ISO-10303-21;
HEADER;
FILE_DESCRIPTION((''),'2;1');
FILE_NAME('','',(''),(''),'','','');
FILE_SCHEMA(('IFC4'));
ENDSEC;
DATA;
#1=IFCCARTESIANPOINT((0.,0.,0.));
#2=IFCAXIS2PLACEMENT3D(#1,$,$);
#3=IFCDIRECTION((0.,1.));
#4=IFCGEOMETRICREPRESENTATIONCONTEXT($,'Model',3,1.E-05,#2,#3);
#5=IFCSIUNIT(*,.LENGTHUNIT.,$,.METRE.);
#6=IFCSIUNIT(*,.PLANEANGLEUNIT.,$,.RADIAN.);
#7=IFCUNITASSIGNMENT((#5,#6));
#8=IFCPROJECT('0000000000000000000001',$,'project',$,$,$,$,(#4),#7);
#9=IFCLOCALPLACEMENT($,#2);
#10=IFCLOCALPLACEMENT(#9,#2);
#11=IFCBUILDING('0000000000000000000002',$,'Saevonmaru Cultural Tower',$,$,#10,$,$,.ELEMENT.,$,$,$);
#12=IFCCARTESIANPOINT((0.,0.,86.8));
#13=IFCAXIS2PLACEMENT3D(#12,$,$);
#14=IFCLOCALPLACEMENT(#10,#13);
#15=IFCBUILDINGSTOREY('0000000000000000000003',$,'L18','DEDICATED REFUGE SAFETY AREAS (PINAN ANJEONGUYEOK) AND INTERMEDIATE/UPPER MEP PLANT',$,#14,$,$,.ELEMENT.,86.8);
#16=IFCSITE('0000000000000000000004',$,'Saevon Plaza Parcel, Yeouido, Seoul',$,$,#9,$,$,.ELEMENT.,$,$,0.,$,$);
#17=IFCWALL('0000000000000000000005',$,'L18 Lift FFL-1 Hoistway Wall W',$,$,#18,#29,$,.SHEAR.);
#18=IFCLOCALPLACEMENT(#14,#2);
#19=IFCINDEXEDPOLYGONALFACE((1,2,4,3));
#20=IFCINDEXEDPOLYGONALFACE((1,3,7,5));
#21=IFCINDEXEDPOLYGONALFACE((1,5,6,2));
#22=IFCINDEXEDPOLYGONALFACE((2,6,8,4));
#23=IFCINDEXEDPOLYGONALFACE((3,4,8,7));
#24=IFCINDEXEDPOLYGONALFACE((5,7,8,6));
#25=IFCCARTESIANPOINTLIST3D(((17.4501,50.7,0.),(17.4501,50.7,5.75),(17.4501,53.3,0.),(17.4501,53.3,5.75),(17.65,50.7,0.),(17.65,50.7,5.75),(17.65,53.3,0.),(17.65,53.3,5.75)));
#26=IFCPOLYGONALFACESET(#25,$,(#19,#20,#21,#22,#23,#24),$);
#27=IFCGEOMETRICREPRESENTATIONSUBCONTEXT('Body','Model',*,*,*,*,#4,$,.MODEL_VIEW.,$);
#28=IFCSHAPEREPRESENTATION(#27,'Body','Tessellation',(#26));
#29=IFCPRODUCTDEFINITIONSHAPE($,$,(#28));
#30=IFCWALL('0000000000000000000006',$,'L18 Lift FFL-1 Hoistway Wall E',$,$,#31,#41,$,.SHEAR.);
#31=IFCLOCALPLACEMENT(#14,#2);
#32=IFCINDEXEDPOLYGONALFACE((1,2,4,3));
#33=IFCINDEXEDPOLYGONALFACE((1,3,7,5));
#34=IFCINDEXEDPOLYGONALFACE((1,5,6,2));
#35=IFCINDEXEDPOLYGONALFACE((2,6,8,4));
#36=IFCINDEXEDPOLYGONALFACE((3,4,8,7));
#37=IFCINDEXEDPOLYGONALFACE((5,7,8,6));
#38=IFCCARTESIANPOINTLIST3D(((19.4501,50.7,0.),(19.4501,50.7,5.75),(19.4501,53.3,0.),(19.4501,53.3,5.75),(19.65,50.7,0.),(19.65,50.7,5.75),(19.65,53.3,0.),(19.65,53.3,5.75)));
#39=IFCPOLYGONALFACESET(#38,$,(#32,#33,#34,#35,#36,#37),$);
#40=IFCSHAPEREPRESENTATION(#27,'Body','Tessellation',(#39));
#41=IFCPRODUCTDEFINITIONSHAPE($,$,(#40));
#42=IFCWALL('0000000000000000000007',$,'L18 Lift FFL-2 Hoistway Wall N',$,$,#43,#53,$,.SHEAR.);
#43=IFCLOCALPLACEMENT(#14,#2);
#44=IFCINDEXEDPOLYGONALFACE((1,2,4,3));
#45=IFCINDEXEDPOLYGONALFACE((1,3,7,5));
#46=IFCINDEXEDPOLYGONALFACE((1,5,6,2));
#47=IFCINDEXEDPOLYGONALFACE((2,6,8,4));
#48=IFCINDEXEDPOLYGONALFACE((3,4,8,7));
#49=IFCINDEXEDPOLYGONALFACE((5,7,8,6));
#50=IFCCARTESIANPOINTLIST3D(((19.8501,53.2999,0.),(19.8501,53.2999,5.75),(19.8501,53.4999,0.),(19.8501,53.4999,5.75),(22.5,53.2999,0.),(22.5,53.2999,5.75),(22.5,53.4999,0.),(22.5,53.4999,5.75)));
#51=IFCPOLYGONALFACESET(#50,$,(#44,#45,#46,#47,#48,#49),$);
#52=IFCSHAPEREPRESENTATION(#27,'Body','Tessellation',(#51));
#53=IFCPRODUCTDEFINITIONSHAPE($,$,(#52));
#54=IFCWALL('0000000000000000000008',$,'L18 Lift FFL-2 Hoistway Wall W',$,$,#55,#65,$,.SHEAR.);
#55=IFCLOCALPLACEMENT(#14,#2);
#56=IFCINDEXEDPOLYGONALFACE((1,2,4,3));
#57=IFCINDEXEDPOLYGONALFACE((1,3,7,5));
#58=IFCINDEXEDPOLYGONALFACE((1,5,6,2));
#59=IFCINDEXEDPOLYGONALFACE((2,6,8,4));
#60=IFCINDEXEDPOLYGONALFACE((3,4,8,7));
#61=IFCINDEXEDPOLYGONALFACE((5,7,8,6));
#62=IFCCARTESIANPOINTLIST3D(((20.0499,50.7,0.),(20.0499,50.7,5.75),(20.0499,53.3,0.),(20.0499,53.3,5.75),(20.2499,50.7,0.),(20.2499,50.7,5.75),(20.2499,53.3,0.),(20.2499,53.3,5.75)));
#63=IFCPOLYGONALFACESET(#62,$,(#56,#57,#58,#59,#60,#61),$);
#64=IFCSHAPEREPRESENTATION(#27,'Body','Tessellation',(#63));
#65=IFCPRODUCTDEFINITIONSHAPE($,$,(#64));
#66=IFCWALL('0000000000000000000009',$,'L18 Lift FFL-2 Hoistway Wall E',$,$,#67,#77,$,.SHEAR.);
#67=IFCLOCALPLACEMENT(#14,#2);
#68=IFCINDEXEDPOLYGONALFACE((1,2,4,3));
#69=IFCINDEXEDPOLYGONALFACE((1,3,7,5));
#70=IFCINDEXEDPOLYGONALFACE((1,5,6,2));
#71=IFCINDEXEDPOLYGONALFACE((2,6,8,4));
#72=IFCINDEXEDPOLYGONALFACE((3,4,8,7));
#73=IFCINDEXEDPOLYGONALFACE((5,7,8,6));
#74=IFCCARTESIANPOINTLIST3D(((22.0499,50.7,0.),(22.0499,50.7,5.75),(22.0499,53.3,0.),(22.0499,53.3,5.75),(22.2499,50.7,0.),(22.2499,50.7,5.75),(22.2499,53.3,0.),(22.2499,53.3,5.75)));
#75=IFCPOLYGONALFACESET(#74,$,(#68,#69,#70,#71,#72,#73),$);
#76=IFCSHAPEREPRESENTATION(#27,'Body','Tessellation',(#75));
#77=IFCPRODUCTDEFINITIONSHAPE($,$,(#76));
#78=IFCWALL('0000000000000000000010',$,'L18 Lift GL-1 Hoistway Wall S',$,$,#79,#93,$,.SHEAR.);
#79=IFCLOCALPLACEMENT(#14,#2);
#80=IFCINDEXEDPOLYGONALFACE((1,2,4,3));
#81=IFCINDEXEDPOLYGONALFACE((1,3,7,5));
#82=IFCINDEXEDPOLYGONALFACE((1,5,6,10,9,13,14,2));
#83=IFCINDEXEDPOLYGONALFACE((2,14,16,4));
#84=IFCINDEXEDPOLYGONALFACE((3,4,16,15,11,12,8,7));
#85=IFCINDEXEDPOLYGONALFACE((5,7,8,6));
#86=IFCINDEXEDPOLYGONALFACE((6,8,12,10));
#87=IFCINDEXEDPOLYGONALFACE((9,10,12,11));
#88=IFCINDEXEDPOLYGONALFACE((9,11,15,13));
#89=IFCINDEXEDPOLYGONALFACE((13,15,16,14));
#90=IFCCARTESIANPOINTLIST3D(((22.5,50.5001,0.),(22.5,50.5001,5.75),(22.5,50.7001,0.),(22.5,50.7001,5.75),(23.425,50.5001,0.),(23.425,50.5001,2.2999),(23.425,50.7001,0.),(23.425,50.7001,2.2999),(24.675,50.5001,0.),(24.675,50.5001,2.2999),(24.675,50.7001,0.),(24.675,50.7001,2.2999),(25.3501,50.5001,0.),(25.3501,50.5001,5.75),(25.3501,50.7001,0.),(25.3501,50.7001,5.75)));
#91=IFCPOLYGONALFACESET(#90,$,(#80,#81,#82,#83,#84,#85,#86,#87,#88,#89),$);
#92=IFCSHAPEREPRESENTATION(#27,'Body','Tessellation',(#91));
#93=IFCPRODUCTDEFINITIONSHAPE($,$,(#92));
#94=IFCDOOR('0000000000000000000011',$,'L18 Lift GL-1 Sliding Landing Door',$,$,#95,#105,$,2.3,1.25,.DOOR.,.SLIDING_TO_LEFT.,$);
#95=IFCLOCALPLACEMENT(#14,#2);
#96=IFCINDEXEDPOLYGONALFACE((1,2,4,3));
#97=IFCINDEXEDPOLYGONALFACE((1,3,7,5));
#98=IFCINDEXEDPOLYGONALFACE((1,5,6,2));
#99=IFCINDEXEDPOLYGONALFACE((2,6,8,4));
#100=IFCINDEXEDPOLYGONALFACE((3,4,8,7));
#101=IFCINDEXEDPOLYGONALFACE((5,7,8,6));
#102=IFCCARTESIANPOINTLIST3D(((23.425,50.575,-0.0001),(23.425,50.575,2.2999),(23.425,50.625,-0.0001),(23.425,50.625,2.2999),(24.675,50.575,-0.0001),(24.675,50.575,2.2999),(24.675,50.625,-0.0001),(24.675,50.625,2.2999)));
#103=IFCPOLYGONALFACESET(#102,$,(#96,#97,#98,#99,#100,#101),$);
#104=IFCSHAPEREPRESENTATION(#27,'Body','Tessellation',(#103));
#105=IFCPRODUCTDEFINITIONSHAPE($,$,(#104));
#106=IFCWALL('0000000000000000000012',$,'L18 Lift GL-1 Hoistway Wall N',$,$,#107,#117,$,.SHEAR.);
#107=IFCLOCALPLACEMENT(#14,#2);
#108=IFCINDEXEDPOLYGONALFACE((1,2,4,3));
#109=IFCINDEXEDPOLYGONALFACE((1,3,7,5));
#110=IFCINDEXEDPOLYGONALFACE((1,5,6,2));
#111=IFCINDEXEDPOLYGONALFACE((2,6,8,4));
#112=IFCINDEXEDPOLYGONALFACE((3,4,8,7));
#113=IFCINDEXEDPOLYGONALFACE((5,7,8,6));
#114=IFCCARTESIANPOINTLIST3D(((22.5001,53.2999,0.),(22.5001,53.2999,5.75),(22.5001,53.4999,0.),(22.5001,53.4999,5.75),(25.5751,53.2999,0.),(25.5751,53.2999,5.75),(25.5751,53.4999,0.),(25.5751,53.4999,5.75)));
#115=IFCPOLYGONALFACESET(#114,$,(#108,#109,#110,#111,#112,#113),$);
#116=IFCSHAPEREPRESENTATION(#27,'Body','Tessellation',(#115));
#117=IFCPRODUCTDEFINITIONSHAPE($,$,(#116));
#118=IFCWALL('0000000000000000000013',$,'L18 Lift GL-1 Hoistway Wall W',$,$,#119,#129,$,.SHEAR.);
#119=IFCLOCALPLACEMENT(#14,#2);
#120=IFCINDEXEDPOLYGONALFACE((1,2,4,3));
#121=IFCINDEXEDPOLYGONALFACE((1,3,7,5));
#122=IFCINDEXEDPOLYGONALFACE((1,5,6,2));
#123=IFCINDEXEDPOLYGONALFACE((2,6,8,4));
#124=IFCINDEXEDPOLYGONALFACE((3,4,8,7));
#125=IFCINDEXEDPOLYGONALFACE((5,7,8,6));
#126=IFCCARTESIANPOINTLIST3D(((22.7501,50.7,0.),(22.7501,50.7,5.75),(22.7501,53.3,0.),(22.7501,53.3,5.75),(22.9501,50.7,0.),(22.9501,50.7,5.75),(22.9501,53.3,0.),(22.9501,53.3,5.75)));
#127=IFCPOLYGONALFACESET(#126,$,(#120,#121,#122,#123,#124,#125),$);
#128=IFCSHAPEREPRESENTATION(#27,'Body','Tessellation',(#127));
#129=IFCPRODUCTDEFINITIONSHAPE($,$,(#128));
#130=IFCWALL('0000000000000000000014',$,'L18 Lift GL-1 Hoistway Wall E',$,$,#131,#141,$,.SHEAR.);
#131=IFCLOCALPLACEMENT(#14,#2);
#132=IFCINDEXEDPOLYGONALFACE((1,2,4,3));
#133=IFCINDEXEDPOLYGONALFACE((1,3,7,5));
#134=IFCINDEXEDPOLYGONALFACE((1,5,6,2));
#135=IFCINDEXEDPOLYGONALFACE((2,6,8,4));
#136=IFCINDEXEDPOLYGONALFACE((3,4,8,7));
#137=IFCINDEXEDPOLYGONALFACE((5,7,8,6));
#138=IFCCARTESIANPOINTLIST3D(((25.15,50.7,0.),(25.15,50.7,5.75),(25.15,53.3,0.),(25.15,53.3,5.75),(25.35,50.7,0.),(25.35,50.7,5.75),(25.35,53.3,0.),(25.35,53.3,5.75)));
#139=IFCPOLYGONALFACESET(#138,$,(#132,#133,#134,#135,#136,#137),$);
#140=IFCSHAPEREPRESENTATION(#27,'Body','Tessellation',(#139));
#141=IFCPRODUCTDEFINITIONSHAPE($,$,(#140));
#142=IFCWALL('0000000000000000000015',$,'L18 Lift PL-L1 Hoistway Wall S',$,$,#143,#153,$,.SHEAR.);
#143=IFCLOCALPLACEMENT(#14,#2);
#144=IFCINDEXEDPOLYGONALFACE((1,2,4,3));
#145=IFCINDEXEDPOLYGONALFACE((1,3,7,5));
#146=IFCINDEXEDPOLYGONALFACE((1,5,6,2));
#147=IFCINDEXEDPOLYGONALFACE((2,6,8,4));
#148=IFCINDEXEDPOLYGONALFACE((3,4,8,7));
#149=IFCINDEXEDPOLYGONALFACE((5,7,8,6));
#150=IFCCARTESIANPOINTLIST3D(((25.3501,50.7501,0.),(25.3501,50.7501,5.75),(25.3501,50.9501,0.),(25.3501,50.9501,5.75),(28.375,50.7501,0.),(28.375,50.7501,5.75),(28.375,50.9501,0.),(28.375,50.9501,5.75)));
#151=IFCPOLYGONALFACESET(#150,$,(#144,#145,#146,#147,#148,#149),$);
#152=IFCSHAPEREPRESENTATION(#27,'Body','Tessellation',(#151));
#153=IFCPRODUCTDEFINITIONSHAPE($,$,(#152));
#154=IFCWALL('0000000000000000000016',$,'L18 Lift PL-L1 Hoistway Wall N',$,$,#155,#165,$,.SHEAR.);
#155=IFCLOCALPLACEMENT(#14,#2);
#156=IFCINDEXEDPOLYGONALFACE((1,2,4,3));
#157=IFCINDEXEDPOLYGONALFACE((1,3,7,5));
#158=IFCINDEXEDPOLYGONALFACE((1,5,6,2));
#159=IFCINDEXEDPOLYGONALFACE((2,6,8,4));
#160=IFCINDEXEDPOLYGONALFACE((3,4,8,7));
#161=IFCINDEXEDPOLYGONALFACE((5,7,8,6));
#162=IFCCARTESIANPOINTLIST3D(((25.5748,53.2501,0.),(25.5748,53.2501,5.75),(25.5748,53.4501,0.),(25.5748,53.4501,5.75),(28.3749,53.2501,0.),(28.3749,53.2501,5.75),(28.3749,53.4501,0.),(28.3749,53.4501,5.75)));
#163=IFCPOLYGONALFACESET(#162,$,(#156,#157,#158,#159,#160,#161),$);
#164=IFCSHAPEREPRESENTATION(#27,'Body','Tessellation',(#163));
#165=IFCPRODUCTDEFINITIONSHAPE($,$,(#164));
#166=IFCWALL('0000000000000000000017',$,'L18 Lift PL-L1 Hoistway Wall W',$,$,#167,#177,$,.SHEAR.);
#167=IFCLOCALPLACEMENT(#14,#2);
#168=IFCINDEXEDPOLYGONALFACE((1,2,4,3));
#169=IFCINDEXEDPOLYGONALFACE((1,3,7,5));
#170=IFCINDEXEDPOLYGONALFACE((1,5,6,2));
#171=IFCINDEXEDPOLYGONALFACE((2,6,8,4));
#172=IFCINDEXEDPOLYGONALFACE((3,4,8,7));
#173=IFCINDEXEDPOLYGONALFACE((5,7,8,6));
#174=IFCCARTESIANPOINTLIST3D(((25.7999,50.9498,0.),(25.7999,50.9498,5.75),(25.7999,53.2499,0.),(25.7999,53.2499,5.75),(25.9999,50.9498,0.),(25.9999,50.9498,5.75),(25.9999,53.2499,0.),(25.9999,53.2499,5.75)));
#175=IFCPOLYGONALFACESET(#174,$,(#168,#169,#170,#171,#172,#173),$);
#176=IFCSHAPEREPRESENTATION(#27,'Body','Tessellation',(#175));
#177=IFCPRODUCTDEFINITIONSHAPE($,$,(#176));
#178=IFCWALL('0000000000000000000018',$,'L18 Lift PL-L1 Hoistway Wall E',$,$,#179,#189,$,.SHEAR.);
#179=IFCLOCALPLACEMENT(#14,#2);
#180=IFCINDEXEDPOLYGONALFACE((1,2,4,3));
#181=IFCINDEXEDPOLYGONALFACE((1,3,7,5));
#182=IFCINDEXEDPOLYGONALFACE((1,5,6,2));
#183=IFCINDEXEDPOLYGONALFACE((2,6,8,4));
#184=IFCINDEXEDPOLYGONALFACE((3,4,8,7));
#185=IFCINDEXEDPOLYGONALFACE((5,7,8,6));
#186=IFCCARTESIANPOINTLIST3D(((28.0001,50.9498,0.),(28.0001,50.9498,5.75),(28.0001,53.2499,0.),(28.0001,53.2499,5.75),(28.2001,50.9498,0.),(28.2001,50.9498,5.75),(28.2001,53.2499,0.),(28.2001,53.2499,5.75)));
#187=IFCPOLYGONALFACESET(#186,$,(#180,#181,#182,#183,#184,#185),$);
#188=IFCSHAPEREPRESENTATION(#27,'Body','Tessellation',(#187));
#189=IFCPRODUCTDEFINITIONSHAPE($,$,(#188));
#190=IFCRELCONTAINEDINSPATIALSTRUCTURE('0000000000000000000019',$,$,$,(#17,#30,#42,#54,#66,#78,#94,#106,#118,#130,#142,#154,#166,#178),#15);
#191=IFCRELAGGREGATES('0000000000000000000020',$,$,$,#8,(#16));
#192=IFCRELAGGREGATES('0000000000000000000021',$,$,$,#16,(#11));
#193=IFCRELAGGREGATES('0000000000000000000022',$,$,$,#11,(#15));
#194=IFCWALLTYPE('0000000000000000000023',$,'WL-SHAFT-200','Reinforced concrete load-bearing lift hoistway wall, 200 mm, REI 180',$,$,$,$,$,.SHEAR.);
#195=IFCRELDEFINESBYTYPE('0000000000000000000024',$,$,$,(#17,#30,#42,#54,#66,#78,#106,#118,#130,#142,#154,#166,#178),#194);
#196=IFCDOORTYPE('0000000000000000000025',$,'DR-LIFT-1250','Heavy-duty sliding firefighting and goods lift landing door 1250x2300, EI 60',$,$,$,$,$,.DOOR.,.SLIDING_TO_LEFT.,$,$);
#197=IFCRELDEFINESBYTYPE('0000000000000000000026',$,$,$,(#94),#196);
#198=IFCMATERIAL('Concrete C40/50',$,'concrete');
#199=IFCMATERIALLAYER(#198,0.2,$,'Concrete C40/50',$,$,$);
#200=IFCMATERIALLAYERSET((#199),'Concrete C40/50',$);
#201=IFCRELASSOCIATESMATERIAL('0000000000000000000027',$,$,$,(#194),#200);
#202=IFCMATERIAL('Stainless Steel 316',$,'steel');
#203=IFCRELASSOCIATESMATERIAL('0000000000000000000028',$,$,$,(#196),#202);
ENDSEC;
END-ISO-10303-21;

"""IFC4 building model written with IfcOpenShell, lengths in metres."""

from ifc_helpers import new_model, si_unit, direction, frame, frame_2d, origin, place, context, subcontext, project, spatial, rectangle, extrude, material, layer, layer_set, type_object, element, fill, save


model = new_model("IFC4")

# Units and contexts
model_context = context("Model", 3, precision=1e-05, world=origin(), true_north=direction((0.0, 1.0)))
body_context = subcontext(model_context, "Body", "Model", "MODEL_VIEW")
ifc_project = project(units=[si_unit("LENGTHUNIT", "METRE"), si_unit("PLANEANGLEUNIT", "RADIAN")], contexts=[model_context])

# Site, building, storey
site_placement = place(None, origin())
site = spatial("IfcSite", under=ifc_project, at=site_placement, Name="Saevon Plaza Parcel, Yeouido, Seoul", CompositionType="ELEMENT", RefElevation=0.0)
building_placement = place(site_placement, origin())
building = spatial("IfcBuilding", under=site, at=building_placement, Name="Saevonmaru Cultural Tower", CompositionType="ELEMENT")
storey_placement = place(building_placement, frame((0.0, 0.0, 86.8)))
storey = spatial("IfcBuildingStorey", under=building, at=storey_placement, Name="L18", Description="DEDICATED REFUGE SAFETY AREAS (PINAN ANJEONGUYEOK) AND INTERMEDIATE/UPPER MEP PLANT", CompositionType="ELEMENT", Elevation=86.8)

# Walls
ifc_material_1 = material(Name="Concrete C40/50", Category="concrete")
ifc_layer_1 = layer(ifc_material_1, 0.2, Name="Concrete C40/50")
ifc_layer_set_1 = layer_set([ifc_layer_1], Name="Concrete C40/50")
wall_type = type_object("IfcWallType", Name="WL-SHAFT-200", Description="Reinforced concrete load-bearing lift hoistway wall, 200 mm, REI 180", PredefinedType="SHEAR", material=ifc_layer_set_1)
for number, where, z_axis, x_axis, name in (
    (1, (17.55, 50.7, 0.0), (0.0, 0.0, 1.0), (0.0, 1.0, 0.0), "L18 Lift FFL-1 Hoistway Wall W"),
    (2, (19.55, 50.7, 0.0), (0.0, 0.0, 1.0), (0.0, 1.0, 0.0), "L18 Lift FFL-1 Hoistway Wall E"),
):
    element("IfcWall", number, at=place(storey_placement, frame(where, z_axis=z_axis, x_axis=x_axis)), inside=storey, type_object=wall_type, Name=name, PredefinedType="SHEAR", context=body_context, shape_type="SweptSolid", body=[
        extrude(rectangle(XDim=2.6001, YDim=0.2, at=frame_2d((1.3, 0.0))), origin(), (0.0, 0.0, 1.0), 5.75),
    ])
wall_1_placement = place(storey_placement, frame((19.8501, 53.3999, 0.0), z_axis=(0.0, 0.0, 1.0), x_axis=(1.0, 0.0, 0.0)))
element("IfcWall", 3, at=wall_1_placement, inside=storey, type_object=wall_type, Name="L18 Lift FFL-2 Hoistway Wall N", PredefinedType="SHEAR", context=body_context, shape_type="SweptSolid", body=[
    extrude(rectangle(XDim=2.6499, YDim=0.2, at=frame_2d((1.325, 0.0))), origin(), (0.0, 0.0, 1.0), 5.75),
])
for number, where, z_axis, x_axis, name in (
    (4, (20.1499, 50.7, 0.0), (0.0, 0.0, 1.0), (0.0, 1.0, 0.0), "L18 Lift FFL-2 Hoistway Wall W"),
    (5, (22.1499, 50.7, 0.0), (0.0, 0.0, 1.0), (0.0, 1.0, 0.0), "L18 Lift FFL-2 Hoistway Wall E"),
):
    element("IfcWall", number, at=place(storey_placement, frame(where, z_axis=z_axis, x_axis=x_axis)), inside=storey, type_object=wall_type, Name=name, PredefinedType="SHEAR", context=body_context, shape_type="SweptSolid", body=[
        extrude(rectangle(XDim=2.6001, YDim=0.2, at=frame_2d((1.3, 0.0))), origin(), (0.0, 0.0, 1.0), 5.75),
    ])

# Wall, opening, door
wall_2_placement = place(storey_placement, frame((22.5, 50.6001, 0.0), z_axis=(0.0, 0.0, 1.0), x_axis=(1.0, 0.0, 0.0)))
wall_2 = element("IfcWall", 6, at=wall_2_placement, inside=storey, type_object=wall_type, Name="L18 Lift GL-1 Hoistway Wall S", PredefinedType="SHEAR", context=body_context, shape_type="SweptSolid", body=[
    extrude(rectangle(XDim=2.8501, YDim=0.2, at=frame_2d((1.425, 0.0))), origin(), (0.0, 0.0, 1.0), 5.75),
])
opening_placement = place(wall_2_placement, frame((0.925, 0.0, 0.0)))
opening = element("IfcOpeningElement", 7, at=opening_placement, cuts=wall_2, PredefinedType="OPENING", context=body_context, shape_type="SweptSolid", body=[
    extrude(rectangle(XDim=1.25, YDim=2.3, at=frame_2d((0.625, 1.1499))), frame((0.0, 0.1099, 0.0), z_axis=(0.0, -1.0, 0.0), x_axis=(1.0, 0.0, 0.0)), (0.0, 0.0, 1.0), 0.22),
])
ifc_material_2 = material(Name="Stainless Steel 316", Category="steel")
door_type = type_object("IfcDoorType", Name="DR-LIFT-1250", Description="Heavy-duty sliding firefighting and goods lift landing door 1250x2300, EI 60", OperationType="SLIDING_TO_LEFT", PredefinedType="DOOR", material=ifc_material_2)
door_placement = place(opening_placement, origin())
door = element("IfcDoor", 8, at=door_placement, inside=storey, type_object=door_type, Name="L18 Lift GL-1 Sliding Landing Door", OperationType="SLIDING_TO_LEFT", OverallHeight=2.3, OverallWidth=1.25, PredefinedType="DOOR", context=body_context, shape_type="SweptSolid", body=[
    extrude(rectangle(XDim=1.25, YDim=2.3, at=frame_2d((0.625, 1.1499))), frame((0.0, 0.0249, 0.0), z_axis=(0.0, -1.0, 0.0), x_axis=(1.0, 0.0, 0.0)), (0.0, 0.0, 1.0), 0.05),
])
fill(opening, door)

# Walls
wall_3_placement = place(storey_placement, frame((22.5, 53.3999, 0.0), z_axis=(0.0, 0.0, 1.0), x_axis=(1.0, 0.0, 0.0)))
element("IfcWall", 9, at=wall_3_placement, inside=storey, type_object=wall_type, Name="L18 Lift GL-1 Hoistway Wall N", PredefinedType="SHEAR", context=body_context, shape_type="SweptSolid", body=[
    extrude(rectangle(XDim=3.075, YDim=0.2, at=frame_2d((1.5376, 0.0))), origin(), (0.0, 0.0, 1.0), 5.75),
])
for number, where, z_axis, x_axis, name in (
    (10, (22.8501, 50.7, 0.0), (0.0, 0.0, 1.0), (0.0, 1.0, 0.0), "L18 Lift GL-1 Hoistway Wall W"),
    (11, (25.25, 50.7, 0.0), (0.0, 0.0, 1.0), (0.0, 1.0, 0.0), "L18 Lift GL-1 Hoistway Wall E"),
):
    element("IfcWall", number, at=place(storey_placement, frame(where, z_axis=z_axis, x_axis=x_axis)), inside=storey, type_object=wall_type, Name=name, PredefinedType="SHEAR", context=body_context, shape_type="SweptSolid", body=[
        extrude(rectangle(XDim=2.6001, YDim=0.2, at=frame_2d((1.3, 0.0))), origin(), (0.0, 0.0, 1.0), 5.75),
    ])
wall_4_placement = place(storey_placement, frame((25.3501, 50.8501, 0.0), z_axis=(0.0, 0.0, 1.0), x_axis=(1.0, 0.0, 0.0)))
element("IfcWall", 12, at=wall_4_placement, inside=storey, type_object=wall_type, Name="L18 Lift PL-L1 Hoistway Wall S", PredefinedType="SHEAR", context=body_context, shape_type="SweptSolid", body=[
    extrude(rectangle(XDim=3.0249, YDim=0.2, at=frame_2d((1.5125, 0.0))), origin(), (0.0, 0.0, 1.0), 5.75),
])
wall_5_placement = place(storey_placement, frame((25.575, 53.3501, 0.0), z_axis=(0.0, 0.0, 1.0), x_axis=(1.0, 0.0, 0.0)))
element("IfcWall", 13, at=wall_5_placement, inside=storey, type_object=wall_type, Name="L18 Lift PL-L1 Hoistway Wall N", PredefinedType="SHEAR", context=body_context, shape_type="SweptSolid", body=[
    extrude(rectangle(XDim=2.8, YDim=0.2, at=frame_2d((1.3999, 0.0))), origin(), (0.0, 0.0, 1.0), 5.75),
])
for number, where, z_axis, x_axis, name in (
    (14, (25.8999, 50.95, 0.0), (0.0, 0.0, 1.0), (0.0, 1.0, 0.0), "L18 Lift PL-L1 Hoistway Wall W"),
    (15, (28.1001, 50.95, 0.0), (0.0, 0.0, 1.0), (0.0, 1.0, 0.0), "L18 Lift PL-L1 Hoistway Wall E"),
):
    element("IfcWall", number, at=place(storey_placement, frame(where, z_axis=z_axis, x_axis=x_axis)), inside=storey, type_object=wall_type, Name=name, PredefinedType="SHEAR", context=body_context, shape_type="SweptSolid", body=[
        extrude(rectangle(XDim=2.3, YDim=0.2, at=frame_2d((1.1499, 0.0))), origin(), (0.0, 0.0, 1.0), 5.75),
    ])

save(model, "model.ifc")
